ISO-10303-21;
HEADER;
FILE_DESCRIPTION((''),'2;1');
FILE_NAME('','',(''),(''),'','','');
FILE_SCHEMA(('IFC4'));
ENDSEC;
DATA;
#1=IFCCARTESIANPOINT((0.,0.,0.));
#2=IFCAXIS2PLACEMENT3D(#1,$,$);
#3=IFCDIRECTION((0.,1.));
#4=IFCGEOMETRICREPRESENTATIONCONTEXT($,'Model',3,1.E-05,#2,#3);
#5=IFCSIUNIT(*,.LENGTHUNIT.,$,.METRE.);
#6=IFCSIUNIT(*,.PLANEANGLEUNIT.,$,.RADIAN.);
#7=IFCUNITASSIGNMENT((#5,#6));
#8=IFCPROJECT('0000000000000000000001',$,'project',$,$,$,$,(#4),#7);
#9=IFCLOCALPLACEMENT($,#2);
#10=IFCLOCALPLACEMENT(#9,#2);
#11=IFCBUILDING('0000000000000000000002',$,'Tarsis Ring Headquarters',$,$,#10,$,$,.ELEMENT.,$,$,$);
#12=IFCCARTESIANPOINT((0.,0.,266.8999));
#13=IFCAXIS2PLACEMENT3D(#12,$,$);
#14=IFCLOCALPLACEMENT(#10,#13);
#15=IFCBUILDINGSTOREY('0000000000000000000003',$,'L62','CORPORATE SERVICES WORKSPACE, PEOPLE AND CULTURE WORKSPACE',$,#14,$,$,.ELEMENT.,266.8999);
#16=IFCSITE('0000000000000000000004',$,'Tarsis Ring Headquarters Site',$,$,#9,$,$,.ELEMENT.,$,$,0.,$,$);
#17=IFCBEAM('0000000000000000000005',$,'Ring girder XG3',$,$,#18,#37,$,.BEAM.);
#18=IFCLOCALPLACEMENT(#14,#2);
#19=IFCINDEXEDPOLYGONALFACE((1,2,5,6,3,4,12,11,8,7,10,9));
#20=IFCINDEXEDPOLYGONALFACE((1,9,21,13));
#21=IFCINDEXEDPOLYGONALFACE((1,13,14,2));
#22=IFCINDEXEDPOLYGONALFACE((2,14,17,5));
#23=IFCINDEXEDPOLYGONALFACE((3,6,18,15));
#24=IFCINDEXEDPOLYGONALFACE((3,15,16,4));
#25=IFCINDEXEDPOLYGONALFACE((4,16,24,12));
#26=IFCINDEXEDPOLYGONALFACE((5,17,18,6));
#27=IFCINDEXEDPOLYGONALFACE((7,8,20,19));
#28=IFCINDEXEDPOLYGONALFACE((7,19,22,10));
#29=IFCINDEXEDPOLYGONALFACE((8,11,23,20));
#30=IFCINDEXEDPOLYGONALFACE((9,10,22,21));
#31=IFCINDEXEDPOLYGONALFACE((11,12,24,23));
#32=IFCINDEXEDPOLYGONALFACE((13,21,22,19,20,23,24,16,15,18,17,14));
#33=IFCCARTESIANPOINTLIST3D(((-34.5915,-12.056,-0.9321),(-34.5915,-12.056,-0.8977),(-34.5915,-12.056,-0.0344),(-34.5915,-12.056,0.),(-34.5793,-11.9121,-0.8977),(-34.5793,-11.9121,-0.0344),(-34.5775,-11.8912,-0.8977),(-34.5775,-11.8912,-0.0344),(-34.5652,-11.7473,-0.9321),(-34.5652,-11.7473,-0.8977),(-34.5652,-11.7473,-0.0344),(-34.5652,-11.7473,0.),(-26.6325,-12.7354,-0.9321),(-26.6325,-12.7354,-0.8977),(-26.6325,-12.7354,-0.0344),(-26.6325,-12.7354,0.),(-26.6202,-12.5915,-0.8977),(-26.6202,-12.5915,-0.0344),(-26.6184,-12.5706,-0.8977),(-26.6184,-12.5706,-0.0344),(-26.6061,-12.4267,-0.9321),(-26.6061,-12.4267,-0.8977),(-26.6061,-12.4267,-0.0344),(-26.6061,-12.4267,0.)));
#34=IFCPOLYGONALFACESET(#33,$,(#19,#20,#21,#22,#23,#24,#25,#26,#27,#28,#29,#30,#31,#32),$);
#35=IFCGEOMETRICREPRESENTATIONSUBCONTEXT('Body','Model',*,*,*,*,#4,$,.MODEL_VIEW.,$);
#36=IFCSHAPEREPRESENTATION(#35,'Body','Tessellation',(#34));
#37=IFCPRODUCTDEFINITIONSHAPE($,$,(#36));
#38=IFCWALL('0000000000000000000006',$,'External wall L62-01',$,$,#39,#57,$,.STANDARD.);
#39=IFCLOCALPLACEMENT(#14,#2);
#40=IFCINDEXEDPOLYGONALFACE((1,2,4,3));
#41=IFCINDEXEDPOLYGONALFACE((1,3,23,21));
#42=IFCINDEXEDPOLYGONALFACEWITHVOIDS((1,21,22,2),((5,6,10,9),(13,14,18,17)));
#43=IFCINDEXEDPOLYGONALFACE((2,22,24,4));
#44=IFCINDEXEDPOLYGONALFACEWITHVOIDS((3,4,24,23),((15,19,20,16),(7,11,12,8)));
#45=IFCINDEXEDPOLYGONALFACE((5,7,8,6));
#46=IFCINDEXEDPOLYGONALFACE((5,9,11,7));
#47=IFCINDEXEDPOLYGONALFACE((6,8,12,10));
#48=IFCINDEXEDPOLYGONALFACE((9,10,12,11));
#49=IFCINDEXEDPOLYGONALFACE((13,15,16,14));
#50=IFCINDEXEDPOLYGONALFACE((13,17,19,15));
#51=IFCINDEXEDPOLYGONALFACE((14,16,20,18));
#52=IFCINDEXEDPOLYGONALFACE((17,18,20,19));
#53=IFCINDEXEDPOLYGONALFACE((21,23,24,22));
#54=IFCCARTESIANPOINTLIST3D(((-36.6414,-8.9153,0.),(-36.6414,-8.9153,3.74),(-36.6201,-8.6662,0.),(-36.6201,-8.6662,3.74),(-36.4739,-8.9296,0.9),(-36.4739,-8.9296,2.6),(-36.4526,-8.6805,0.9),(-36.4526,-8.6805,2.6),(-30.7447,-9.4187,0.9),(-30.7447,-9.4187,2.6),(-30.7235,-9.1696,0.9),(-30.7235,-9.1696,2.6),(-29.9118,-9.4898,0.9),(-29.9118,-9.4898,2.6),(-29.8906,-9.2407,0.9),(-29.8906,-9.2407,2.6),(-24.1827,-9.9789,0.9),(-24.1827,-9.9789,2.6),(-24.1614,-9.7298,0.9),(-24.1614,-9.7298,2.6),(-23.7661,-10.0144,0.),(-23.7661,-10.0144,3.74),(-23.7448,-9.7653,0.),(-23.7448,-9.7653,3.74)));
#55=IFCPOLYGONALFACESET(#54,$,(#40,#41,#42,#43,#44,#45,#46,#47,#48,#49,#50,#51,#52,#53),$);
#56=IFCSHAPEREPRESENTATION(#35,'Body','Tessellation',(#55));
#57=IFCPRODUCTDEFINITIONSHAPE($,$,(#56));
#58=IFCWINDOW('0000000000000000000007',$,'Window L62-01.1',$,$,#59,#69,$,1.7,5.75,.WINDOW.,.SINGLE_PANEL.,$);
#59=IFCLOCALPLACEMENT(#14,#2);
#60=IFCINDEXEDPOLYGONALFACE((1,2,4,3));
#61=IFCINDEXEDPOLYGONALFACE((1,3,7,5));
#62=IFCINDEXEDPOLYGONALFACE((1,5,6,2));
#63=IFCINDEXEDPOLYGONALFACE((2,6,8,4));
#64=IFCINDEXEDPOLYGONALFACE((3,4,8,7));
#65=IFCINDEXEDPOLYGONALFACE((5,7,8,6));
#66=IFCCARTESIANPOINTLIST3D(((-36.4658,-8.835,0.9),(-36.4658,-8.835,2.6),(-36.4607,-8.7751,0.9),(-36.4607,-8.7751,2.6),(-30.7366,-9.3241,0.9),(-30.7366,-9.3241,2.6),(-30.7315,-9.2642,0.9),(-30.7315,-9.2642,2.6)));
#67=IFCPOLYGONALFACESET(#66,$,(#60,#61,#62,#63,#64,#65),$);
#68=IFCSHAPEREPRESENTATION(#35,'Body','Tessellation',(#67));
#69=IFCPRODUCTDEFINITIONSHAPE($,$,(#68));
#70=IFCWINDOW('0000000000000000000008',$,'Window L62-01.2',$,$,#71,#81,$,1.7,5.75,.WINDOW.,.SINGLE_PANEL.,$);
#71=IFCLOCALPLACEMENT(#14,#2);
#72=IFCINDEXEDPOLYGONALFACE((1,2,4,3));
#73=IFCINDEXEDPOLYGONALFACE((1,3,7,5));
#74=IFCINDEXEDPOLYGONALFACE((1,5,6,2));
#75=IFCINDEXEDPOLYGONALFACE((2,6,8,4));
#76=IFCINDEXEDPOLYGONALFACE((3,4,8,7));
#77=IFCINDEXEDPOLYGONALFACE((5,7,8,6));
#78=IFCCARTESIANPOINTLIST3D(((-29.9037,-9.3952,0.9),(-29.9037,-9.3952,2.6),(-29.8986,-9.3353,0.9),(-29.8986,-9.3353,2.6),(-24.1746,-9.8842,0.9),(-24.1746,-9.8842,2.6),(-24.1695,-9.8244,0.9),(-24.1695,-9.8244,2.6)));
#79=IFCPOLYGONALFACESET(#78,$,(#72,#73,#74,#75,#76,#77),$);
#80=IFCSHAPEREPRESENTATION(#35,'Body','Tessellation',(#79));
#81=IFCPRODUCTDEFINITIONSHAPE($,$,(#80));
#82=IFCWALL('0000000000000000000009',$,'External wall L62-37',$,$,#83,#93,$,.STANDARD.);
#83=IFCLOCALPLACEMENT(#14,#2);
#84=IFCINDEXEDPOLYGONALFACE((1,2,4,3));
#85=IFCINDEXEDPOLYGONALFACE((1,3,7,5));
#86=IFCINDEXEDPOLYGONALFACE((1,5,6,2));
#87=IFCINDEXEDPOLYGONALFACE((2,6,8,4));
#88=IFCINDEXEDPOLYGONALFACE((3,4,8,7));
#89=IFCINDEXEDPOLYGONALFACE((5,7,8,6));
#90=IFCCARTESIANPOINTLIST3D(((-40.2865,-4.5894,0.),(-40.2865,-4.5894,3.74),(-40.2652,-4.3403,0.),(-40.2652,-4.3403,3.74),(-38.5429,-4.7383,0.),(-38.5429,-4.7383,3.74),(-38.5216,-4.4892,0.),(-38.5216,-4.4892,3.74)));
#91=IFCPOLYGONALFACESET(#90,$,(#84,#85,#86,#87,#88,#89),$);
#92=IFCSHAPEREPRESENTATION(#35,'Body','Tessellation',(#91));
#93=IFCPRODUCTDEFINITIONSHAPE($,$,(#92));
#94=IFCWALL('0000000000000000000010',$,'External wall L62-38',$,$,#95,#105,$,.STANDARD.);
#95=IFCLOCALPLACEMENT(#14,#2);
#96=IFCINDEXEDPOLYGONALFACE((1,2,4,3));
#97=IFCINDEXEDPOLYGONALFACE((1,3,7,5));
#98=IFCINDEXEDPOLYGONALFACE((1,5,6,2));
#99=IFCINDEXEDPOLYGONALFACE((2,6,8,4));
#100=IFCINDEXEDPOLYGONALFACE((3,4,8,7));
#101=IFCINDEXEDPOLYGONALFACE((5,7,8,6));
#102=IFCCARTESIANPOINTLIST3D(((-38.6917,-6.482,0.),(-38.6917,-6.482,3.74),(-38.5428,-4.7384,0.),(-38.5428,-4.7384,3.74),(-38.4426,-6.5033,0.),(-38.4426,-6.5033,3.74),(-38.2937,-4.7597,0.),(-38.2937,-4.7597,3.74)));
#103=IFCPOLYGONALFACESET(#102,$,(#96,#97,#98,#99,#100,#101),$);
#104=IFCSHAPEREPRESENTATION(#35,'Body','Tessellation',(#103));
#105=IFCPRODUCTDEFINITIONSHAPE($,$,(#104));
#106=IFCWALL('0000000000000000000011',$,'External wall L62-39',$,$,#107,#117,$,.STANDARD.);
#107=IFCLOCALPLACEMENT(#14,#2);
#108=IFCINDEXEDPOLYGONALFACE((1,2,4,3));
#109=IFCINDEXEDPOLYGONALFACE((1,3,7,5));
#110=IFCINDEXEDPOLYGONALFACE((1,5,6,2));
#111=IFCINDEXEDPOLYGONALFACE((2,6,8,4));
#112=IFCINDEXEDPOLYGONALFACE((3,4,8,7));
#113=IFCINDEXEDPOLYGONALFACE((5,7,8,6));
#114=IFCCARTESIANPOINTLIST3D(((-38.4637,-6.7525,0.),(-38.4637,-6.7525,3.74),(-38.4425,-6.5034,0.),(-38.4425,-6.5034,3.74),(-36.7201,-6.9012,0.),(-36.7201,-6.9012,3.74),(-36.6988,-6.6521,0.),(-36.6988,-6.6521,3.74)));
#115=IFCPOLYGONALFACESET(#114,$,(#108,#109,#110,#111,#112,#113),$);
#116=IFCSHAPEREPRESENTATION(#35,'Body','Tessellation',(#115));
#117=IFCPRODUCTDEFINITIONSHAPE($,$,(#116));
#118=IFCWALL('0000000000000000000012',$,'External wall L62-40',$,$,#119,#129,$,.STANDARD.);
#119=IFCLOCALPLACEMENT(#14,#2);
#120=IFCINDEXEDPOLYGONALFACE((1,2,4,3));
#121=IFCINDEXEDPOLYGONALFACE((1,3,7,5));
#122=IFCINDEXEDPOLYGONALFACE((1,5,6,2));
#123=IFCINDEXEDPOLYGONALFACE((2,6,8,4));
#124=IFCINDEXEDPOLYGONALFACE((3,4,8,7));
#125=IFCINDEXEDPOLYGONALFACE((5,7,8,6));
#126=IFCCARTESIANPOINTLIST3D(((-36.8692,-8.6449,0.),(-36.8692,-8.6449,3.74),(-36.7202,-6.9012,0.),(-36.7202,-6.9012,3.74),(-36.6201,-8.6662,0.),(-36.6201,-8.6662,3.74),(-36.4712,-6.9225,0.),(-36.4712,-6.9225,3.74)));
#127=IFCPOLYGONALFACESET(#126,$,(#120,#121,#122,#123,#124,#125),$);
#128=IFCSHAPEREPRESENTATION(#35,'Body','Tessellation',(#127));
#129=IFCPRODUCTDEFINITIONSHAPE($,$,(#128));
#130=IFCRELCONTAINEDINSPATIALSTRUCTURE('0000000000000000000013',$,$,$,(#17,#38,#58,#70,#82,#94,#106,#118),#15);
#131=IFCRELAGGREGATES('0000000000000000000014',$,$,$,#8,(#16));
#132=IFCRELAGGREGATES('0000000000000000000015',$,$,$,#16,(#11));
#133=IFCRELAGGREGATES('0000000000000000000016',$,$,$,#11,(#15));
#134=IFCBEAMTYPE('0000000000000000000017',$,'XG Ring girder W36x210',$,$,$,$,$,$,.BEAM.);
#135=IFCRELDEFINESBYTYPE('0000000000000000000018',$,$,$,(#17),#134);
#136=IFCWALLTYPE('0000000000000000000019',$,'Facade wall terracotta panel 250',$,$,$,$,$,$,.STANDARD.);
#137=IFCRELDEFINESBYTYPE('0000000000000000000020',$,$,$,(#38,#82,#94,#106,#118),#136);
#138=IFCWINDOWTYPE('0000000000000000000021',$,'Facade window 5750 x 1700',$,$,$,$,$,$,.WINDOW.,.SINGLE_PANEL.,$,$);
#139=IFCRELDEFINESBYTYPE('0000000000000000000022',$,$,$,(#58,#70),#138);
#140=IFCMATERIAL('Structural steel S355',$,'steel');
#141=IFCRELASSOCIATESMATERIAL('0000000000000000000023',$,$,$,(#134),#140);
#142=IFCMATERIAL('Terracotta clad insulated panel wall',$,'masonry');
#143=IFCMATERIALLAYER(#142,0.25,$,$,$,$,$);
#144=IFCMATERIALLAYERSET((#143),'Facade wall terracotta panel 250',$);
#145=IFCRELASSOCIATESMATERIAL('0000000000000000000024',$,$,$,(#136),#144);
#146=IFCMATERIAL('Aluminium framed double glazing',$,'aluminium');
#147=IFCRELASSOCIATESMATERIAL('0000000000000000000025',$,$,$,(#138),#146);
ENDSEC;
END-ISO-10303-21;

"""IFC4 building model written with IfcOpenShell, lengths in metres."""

from ifc_helpers import new_model, si_unit, direction, frame, frame_2d, origin, origin_2d, place, context, subcontext, project, spatial, rectangle, i_section, extrude, material, layer, layer_set, material_profile, profile_set, type_object, element, fill, save


model = new_model("IFC4")

# Units and contexts
model_context = context("Model", 3, precision=1e-05, world=origin(), true_north=direction((0.0, 1.0)))
body_context = subcontext(model_context, "Body", "Model", "MODEL_VIEW")
ifc_project = project(units=[si_unit("LENGTHUNIT", "METRE"), si_unit("PLANEANGLEUNIT", "RADIAN")], contexts=[model_context])

# Site, building, storey
site_placement = place(None, origin())
site = spatial("IfcSite", under=ifc_project, at=site_placement, Name="Tarsis Ring Headquarters Site", CompositionType="ELEMENT", RefElevation=0.0)
building_placement = place(site_placement, origin())
building = spatial("IfcBuilding", under=site, at=building_placement, Name="Tarsis Ring Headquarters", CompositionType="ELEMENT")
storey_placement = place(building_placement, frame((0.0, 0.0, 266.8999)))
storey = spatial("IfcBuildingStorey", under=building, at=storey_placement, Name="L62", Description="CORPORATE SERVICES WORKSPACE, PEOPLE AND CULTURE WORKSPACE", CompositionType="ELEMENT", Elevation=266.8999)

# Shared definitions
ifc_material_1 = material(Name="Structural steel S355", Category="steel")

# Beam
ifc_material_profile_1 = material_profile(ifc_material_1, i_section(OverallWidth=0.3098, OverallDepth=0.9321, WebThickness=0.021, FlangeThickness=0.0344, at=origin_2d()), Name="W36x210")
ifc_profile_set_1 = profile_set([ifc_material_profile_1], Name="Structural steel S355")
beam_type = type_object("IfcBeamType", Name="XG Ring girder W36x210", PredefinedType="BEAM", material=ifc_profile_set_1)
beam_1_placement = place(storey_placement, frame((-34.5784, -11.9016, -0.4661), z_axis=(0.996376, -0.085059, 0.0), x_axis=(0.085059, 0.996376, 0.0)))
element("IfcBeam", 1, at=beam_1_placement, inside=storey, type_object=beam_type, Name="Ring girder XG3", PredefinedType="BEAM", context=body_context, shape_type="SweptSolid", body=[
    extrude(i_section(OverallWidth=0.3098, OverallDepth=0.9321, WebThickness=0.021, FlangeThickness=0.0344, at=origin_2d()), origin(), (0.0, 0.0, 1.0), 7.988),
])

# Wall, openings, windows
ifc_material_2 = material(Name="Terracotta clad insulated panel wall", Category="masonry")
ifc_layer = layer(ifc_material_2, 0.25)
ifc_layer_set = layer_set([ifc_layer], Name="Facade wall terracotta panel 250")
wall_type = type_object("IfcWallType", Name="Facade wall terracotta panel 250", PredefinedType="STANDARD", material=ifc_layer_set)
wall_placement = place(storey_placement, frame((-36.6306, -8.7908, 0.0), z_axis=(0.0, 0.0, 1.0), x_axis=(0.996376, -0.085058, 0.0)))
wall = element("IfcWall", 2, at=wall_placement, inside=storey, type_object=wall_type, Name="External wall L62-01", PredefinedType="STANDARD", context=body_context, shape_type="SweptSolid", body=[
    extrude(rectangle(XDim=12.9221, YDim=0.25, at=frame_2d((6.4609, 0.0))), origin(), (0.0, 0.0, 1.0), 3.74),
])
opening_1_placement = place(wall_placement, frame((0.168, 0.0, 0.8999)))
opening_1 = element("IfcOpeningElement", 3, at=opening_1_placement, cuts=wall, PredefinedType="OPENING", context=body_context, shape_type="SweptSolid", body=[
    extrude(rectangle(XDim=5.75, YDim=1.7, at=frame_2d((2.875, 0.8501))), frame((0.0, 0.135, 0.0), z_axis=(0.0, -1.0, 0.0), x_axis=(1.0, 0.0, 0.0)), (0.0, 0.0, 1.0), 0.27),
])
opening_2_placement = place(wall_placement, frame((6.7539, 0.0, 0.8999)))
opening_2 = element("IfcOpeningElement", 4, at=opening_2_placement, cuts=wall, PredefinedType="OPENING", context=body_context, shape_type="SweptSolid", body=[
    extrude(rectangle(XDim=5.75, YDim=1.7, at=frame_2d((2.875, 0.8501))), frame((0.0, 0.135, 0.0), z_axis=(0.0, -1.0, 0.0), x_axis=(1.0, 0.0, 0.0)), (0.0, 0.0, 1.0), 0.27),
])
ifc_material_3 = material(Name="Aluminium framed double glazing", Category="aluminium")
window_type = type_object("IfcWindowType", Name="Facade window 5750 x 1700", PartitioningType="SINGLE_PANEL", PredefinedType="WINDOW", material=ifc_material_3)
window_1_placement = place(opening_1_placement, origin())
window_1 = element("IfcWindow", 5, at=window_1_placement, inside=storey, type_object=window_type, Name="Window L62-01.1", OverallHeight=1.7, OverallWidth=5.75, PartitioningType="SINGLE_PANEL", PredefinedType="WINDOW", context=body_context, shape_type="SweptSolid", body=[
    extrude(rectangle(XDim=5.75, YDim=1.7, at=frame_2d((2.875, 0.8501))), frame((0.0, 0.03, 0.0), z_axis=(0.0, -1.0, 0.0), x_axis=(1.0, 0.0, 0.0)), (0.0, 0.0, 1.0), 0.0601),
])
fill(opening_1, window_1)
window_2_placement = place(opening_2_placement, origin())
window_2 = element("IfcWindow", 6, at=window_2_placement, inside=storey, type_object=window_type, Name="Window L62-01.2", OverallHeight=1.7, OverallWidth=5.75, PartitioningType="SINGLE_PANEL", PredefinedType="WINDOW", context=body_context, shape_type="SweptSolid", body=[
    extrude(rectangle(XDim=5.75, YDim=1.7, at=frame_2d((2.875, 0.8501))), frame((0.0, 0.03, 0.0), z_axis=(0.0, -1.0, 0.0), x_axis=(1.0, 0.0, 0.0)), (0.0, 0.0, 1.0), 0.0601),
])
fill(opening_2, window_2)

# Walls
for number, where, z_axis, x_axis, name in (
    (7, (-40.2759, -4.4648, 0.0), (0.0, 0.0, 1.0), (0.996372, -0.0851, 0.0), "External wall L62-37"),
    (8, (-38.4182, -4.749, 0.0), (0.0, 0.0, 1.0), (-0.0851, -0.996372, 0.0), "External wall L62-38"),
    (9, (-38.4531, -6.6279, 0.0), (0.0, 0.0, 1.0), (0.996384, -0.084962, 0.0), "External wall L62-39"),
    (10, (-36.5957, -6.9119, 0.0), (0.0, 0.0, 1.0), (-0.0851, -0.996372, 0.0), "External wall L62-40"),
):
    element("IfcWall", number, at=place(storey_placement, frame(where, z_axis=z_axis, x_axis=x_axis)), inside=storey, type_object=wall_type, Name=name, PredefinedType="STANDARD", context=body_context, shape_type="SweptSolid", body=[
        extrude(rectangle(XDim=1.75, YDim=0.25, at=frame_2d((0.875, 0.0))), origin(), (0.0, 0.0, 1.0), 3.74),
    ])

save(model, "model.ifc")
